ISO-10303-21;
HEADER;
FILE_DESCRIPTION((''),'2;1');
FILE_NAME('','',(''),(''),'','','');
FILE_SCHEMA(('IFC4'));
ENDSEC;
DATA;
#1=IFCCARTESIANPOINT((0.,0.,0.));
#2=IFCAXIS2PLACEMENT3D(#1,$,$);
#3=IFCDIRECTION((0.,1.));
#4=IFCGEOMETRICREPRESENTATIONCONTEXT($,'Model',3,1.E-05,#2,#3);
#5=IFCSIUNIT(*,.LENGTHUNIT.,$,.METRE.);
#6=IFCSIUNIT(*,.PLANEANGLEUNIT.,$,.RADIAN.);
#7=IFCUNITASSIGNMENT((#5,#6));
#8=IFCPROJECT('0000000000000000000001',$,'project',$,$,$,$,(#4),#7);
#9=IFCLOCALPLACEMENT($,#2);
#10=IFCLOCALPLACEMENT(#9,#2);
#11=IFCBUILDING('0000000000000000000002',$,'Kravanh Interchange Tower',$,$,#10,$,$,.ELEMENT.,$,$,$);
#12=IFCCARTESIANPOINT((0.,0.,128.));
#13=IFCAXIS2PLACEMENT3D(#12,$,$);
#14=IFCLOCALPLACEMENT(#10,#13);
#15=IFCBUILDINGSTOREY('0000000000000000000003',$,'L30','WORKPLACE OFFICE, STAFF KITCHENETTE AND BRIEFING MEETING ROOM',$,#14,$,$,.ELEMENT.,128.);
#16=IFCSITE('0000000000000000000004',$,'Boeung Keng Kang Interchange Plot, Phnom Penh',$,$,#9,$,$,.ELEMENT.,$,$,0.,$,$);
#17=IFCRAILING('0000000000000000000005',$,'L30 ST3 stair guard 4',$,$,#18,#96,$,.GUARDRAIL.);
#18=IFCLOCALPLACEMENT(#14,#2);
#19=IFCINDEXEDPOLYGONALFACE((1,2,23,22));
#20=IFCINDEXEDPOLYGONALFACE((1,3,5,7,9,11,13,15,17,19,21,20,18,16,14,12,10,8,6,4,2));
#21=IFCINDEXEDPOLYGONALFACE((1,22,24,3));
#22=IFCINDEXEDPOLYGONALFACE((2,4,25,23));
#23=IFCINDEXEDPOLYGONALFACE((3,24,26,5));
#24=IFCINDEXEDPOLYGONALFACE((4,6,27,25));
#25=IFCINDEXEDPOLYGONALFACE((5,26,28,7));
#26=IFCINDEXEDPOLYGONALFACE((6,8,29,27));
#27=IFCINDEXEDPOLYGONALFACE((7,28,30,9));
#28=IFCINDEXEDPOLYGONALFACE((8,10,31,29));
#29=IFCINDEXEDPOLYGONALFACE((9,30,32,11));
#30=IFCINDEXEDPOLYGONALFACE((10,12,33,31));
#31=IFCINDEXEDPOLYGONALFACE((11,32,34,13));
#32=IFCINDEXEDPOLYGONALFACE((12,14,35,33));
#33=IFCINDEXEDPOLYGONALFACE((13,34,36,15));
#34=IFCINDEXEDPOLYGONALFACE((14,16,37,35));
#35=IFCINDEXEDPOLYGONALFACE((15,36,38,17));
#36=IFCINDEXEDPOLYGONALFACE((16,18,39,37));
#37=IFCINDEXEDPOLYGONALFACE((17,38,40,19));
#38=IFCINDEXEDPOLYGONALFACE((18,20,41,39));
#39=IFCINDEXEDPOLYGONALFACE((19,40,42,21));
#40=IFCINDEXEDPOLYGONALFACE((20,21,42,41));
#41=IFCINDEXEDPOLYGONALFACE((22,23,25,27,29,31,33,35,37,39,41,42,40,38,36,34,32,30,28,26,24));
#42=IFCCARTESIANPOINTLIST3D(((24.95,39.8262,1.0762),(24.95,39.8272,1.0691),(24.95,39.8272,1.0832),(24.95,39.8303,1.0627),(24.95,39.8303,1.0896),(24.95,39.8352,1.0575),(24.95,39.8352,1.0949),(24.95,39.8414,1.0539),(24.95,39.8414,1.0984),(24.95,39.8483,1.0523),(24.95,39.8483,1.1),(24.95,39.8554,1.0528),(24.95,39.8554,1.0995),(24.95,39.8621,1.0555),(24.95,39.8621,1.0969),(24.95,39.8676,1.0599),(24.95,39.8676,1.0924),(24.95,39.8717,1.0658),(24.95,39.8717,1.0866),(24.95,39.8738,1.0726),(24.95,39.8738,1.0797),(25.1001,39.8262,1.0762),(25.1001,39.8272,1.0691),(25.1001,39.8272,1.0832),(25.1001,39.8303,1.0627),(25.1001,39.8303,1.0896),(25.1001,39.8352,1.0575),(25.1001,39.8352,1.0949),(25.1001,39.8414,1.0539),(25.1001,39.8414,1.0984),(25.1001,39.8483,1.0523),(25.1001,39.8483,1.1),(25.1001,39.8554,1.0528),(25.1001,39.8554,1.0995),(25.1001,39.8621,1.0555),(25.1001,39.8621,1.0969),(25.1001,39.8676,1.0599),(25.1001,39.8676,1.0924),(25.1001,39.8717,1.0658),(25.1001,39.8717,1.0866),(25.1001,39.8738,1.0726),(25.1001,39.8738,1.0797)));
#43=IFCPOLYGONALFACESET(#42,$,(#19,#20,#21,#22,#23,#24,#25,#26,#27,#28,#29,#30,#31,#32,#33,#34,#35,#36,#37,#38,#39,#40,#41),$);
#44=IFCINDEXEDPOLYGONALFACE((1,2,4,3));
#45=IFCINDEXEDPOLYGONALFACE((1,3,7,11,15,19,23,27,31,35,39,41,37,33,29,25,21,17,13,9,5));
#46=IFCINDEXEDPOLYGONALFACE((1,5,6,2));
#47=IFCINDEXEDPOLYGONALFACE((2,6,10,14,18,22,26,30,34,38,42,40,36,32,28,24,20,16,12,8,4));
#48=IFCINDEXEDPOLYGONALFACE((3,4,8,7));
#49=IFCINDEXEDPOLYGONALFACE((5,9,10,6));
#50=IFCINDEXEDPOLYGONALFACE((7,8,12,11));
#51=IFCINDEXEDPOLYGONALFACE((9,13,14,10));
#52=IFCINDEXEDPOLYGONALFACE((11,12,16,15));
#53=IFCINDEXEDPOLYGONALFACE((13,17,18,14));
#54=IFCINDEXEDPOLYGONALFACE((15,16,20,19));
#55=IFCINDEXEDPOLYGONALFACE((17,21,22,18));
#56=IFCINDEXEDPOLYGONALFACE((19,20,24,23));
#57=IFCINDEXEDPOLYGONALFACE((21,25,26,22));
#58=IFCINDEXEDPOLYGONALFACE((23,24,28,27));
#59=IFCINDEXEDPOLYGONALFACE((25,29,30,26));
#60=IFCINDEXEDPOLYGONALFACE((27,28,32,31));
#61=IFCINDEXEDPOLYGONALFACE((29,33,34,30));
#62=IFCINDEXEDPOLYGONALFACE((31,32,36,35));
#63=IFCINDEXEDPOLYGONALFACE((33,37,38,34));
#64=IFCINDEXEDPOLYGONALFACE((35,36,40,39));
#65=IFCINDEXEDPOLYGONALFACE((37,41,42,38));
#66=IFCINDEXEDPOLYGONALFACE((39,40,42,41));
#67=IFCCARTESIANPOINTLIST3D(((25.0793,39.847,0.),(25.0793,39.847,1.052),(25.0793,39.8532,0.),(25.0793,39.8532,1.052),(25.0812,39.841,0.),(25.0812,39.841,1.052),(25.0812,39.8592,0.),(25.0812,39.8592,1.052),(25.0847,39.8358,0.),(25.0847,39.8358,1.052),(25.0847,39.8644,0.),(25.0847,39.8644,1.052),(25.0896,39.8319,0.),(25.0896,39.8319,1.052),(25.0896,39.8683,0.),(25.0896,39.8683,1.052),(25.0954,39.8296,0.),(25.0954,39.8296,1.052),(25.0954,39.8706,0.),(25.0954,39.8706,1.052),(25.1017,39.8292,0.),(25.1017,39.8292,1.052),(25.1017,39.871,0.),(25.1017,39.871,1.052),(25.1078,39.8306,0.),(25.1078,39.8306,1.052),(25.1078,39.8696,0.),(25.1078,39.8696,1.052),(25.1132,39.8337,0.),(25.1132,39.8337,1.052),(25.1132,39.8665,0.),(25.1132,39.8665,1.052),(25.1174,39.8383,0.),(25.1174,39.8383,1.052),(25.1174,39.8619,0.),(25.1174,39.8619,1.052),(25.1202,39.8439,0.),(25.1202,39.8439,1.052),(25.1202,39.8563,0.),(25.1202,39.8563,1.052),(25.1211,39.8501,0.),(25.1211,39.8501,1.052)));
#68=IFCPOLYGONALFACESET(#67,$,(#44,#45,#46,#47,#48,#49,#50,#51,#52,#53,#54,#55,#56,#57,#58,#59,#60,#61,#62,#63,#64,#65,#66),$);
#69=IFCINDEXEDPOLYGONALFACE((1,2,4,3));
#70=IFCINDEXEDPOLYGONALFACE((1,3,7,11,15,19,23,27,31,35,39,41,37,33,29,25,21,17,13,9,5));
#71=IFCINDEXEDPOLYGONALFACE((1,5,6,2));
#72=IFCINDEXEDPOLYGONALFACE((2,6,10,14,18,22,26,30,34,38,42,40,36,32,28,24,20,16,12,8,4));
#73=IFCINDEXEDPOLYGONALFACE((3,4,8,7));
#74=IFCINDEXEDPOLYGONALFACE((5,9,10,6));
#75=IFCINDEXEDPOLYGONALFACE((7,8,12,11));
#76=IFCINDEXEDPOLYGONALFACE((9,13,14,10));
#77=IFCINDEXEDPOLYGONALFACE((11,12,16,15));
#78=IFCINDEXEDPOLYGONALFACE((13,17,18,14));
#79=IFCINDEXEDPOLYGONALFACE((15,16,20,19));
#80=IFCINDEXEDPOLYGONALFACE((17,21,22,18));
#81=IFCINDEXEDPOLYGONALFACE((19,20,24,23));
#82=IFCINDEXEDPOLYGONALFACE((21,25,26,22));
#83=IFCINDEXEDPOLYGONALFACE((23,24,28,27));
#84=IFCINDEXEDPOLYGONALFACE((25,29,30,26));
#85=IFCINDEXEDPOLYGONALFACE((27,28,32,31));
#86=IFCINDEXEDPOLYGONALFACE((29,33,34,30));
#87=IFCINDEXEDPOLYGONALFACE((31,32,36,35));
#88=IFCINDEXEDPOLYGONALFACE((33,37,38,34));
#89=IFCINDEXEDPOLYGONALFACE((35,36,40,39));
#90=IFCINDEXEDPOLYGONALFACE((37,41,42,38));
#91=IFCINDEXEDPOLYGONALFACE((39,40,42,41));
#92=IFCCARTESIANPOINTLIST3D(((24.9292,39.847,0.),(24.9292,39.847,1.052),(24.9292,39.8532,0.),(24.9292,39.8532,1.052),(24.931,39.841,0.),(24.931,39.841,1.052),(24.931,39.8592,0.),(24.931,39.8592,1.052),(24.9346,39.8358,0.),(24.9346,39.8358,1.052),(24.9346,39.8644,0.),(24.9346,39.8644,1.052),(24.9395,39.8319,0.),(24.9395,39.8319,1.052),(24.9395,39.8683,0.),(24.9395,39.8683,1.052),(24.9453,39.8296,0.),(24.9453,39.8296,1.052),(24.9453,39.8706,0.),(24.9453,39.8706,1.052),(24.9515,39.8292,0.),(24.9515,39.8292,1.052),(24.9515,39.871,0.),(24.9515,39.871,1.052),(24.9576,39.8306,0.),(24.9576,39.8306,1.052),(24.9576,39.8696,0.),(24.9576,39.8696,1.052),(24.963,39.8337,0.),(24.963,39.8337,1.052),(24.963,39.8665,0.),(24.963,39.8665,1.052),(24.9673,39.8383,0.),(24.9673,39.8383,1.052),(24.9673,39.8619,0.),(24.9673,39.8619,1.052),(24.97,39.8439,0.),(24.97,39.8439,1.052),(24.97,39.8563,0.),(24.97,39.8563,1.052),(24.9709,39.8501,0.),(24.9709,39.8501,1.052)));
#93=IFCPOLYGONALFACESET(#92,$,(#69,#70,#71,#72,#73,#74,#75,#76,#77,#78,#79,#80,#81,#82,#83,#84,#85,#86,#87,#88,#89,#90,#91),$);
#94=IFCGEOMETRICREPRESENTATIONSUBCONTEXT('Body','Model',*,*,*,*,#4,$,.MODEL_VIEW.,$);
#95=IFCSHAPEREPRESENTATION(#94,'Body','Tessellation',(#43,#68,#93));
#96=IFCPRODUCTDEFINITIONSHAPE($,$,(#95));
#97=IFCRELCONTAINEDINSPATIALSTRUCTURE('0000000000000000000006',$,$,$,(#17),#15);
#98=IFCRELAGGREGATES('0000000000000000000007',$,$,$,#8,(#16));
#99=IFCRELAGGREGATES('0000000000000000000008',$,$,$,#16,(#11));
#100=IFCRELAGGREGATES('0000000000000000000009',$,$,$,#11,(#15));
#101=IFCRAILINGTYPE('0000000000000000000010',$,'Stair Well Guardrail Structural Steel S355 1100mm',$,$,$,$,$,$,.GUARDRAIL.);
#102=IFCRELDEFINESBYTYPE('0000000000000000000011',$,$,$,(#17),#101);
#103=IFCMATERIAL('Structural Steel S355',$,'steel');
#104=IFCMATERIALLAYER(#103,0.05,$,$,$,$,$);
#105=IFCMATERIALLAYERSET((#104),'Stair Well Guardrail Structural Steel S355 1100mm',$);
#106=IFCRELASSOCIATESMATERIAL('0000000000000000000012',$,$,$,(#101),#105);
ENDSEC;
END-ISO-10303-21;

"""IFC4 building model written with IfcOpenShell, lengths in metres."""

from ifc_helpers import new_model, si_unit, direction, frame, origin, origin_2d, place, context, subcontext, project, spatial, circle, extrude, material, layer, layer_set, type_object, element, save


model = new_model("IFC4")

# Units and contexts
model_context = context("Model", 3, precision=1e-05, world=origin(), true_north=direction((0.0, 1.0)))
body_context = subcontext(model_context, "Body", "Model", "MODEL_VIEW")
ifc_project = project(units=[si_unit("LENGTHUNIT", "METRE"), si_unit("PLANEANGLEUNIT", "RADIAN")], contexts=[model_context])

# Site, building, storey
site_placement = place(None, origin())
site = spatial("IfcSite", under=ifc_project, at=site_placement, Name="Boeung Keng Kang Interchange Plot, Phnom Penh", CompositionType="ELEMENT", RefElevation=0.0)
building_placement = place(site_placement, origin())
building = spatial("IfcBuilding", under=site, at=building_placement, Name="Kravanh Interchange Tower", CompositionType="ELEMENT")
storey_placement = place(building_placement, frame((0.0, 0.0, 128.0)))
storey = spatial("IfcBuildingStorey", under=building, at=storey_placement, Name="L30", Description="WORKPLACE OFFICE, STAFF KITCHENETTE AND BRIEFING MEETING ROOM", CompositionType="ELEMENT", Elevation=128.0)

# Railing
ifc_material_1 = material(Name="Structural Steel S355", Category="steel")
ifc_layer_1 = layer(ifc_material_1, 0.05)
ifc_layer_set_1 = layer_set([ifc_layer_1], Name="Stair Well Guardrail Structural Steel S355 1100mm")
railing_type_1 = type_object("IfcRailingType", Name="Stair Well Guardrail Structural Steel S355 1100mm", PredefinedType="GUARDRAIL", material=ifc_layer_set_1)
railing_1_placement = place(storey_placement, frame((25.1001, 39.8501, 0.0)))
element("IfcRailing", 1, at=railing_1_placement, inside=storey, type_object=railing_type_1, Name="L30 ST3 stair guard 4", PredefinedType="GUARDRAIL", context=body_context, shape_type="SweptSolid", body=[
    extrude(circle(Radius=0.0239, at=origin_2d()), frame((0.0, 0.0, 1.0762), z_axis=(-1.0, 0.0, 0.0), x_axis=(0.0, -1.0, 0.0)), (0.0, 0.0, 1.0), 0.1501),
    extrude(circle(Radius=0.021, at=origin_2d()), origin(), (0.0, 0.0, 1.0), 1.052),
    extrude(circle(Radius=0.021, at=origin_2d()), frame((-0.1501, 0.0, 0.0)), (0.0, 0.0, 1.0), 1.052),
])

save(model, "model.ifc")
